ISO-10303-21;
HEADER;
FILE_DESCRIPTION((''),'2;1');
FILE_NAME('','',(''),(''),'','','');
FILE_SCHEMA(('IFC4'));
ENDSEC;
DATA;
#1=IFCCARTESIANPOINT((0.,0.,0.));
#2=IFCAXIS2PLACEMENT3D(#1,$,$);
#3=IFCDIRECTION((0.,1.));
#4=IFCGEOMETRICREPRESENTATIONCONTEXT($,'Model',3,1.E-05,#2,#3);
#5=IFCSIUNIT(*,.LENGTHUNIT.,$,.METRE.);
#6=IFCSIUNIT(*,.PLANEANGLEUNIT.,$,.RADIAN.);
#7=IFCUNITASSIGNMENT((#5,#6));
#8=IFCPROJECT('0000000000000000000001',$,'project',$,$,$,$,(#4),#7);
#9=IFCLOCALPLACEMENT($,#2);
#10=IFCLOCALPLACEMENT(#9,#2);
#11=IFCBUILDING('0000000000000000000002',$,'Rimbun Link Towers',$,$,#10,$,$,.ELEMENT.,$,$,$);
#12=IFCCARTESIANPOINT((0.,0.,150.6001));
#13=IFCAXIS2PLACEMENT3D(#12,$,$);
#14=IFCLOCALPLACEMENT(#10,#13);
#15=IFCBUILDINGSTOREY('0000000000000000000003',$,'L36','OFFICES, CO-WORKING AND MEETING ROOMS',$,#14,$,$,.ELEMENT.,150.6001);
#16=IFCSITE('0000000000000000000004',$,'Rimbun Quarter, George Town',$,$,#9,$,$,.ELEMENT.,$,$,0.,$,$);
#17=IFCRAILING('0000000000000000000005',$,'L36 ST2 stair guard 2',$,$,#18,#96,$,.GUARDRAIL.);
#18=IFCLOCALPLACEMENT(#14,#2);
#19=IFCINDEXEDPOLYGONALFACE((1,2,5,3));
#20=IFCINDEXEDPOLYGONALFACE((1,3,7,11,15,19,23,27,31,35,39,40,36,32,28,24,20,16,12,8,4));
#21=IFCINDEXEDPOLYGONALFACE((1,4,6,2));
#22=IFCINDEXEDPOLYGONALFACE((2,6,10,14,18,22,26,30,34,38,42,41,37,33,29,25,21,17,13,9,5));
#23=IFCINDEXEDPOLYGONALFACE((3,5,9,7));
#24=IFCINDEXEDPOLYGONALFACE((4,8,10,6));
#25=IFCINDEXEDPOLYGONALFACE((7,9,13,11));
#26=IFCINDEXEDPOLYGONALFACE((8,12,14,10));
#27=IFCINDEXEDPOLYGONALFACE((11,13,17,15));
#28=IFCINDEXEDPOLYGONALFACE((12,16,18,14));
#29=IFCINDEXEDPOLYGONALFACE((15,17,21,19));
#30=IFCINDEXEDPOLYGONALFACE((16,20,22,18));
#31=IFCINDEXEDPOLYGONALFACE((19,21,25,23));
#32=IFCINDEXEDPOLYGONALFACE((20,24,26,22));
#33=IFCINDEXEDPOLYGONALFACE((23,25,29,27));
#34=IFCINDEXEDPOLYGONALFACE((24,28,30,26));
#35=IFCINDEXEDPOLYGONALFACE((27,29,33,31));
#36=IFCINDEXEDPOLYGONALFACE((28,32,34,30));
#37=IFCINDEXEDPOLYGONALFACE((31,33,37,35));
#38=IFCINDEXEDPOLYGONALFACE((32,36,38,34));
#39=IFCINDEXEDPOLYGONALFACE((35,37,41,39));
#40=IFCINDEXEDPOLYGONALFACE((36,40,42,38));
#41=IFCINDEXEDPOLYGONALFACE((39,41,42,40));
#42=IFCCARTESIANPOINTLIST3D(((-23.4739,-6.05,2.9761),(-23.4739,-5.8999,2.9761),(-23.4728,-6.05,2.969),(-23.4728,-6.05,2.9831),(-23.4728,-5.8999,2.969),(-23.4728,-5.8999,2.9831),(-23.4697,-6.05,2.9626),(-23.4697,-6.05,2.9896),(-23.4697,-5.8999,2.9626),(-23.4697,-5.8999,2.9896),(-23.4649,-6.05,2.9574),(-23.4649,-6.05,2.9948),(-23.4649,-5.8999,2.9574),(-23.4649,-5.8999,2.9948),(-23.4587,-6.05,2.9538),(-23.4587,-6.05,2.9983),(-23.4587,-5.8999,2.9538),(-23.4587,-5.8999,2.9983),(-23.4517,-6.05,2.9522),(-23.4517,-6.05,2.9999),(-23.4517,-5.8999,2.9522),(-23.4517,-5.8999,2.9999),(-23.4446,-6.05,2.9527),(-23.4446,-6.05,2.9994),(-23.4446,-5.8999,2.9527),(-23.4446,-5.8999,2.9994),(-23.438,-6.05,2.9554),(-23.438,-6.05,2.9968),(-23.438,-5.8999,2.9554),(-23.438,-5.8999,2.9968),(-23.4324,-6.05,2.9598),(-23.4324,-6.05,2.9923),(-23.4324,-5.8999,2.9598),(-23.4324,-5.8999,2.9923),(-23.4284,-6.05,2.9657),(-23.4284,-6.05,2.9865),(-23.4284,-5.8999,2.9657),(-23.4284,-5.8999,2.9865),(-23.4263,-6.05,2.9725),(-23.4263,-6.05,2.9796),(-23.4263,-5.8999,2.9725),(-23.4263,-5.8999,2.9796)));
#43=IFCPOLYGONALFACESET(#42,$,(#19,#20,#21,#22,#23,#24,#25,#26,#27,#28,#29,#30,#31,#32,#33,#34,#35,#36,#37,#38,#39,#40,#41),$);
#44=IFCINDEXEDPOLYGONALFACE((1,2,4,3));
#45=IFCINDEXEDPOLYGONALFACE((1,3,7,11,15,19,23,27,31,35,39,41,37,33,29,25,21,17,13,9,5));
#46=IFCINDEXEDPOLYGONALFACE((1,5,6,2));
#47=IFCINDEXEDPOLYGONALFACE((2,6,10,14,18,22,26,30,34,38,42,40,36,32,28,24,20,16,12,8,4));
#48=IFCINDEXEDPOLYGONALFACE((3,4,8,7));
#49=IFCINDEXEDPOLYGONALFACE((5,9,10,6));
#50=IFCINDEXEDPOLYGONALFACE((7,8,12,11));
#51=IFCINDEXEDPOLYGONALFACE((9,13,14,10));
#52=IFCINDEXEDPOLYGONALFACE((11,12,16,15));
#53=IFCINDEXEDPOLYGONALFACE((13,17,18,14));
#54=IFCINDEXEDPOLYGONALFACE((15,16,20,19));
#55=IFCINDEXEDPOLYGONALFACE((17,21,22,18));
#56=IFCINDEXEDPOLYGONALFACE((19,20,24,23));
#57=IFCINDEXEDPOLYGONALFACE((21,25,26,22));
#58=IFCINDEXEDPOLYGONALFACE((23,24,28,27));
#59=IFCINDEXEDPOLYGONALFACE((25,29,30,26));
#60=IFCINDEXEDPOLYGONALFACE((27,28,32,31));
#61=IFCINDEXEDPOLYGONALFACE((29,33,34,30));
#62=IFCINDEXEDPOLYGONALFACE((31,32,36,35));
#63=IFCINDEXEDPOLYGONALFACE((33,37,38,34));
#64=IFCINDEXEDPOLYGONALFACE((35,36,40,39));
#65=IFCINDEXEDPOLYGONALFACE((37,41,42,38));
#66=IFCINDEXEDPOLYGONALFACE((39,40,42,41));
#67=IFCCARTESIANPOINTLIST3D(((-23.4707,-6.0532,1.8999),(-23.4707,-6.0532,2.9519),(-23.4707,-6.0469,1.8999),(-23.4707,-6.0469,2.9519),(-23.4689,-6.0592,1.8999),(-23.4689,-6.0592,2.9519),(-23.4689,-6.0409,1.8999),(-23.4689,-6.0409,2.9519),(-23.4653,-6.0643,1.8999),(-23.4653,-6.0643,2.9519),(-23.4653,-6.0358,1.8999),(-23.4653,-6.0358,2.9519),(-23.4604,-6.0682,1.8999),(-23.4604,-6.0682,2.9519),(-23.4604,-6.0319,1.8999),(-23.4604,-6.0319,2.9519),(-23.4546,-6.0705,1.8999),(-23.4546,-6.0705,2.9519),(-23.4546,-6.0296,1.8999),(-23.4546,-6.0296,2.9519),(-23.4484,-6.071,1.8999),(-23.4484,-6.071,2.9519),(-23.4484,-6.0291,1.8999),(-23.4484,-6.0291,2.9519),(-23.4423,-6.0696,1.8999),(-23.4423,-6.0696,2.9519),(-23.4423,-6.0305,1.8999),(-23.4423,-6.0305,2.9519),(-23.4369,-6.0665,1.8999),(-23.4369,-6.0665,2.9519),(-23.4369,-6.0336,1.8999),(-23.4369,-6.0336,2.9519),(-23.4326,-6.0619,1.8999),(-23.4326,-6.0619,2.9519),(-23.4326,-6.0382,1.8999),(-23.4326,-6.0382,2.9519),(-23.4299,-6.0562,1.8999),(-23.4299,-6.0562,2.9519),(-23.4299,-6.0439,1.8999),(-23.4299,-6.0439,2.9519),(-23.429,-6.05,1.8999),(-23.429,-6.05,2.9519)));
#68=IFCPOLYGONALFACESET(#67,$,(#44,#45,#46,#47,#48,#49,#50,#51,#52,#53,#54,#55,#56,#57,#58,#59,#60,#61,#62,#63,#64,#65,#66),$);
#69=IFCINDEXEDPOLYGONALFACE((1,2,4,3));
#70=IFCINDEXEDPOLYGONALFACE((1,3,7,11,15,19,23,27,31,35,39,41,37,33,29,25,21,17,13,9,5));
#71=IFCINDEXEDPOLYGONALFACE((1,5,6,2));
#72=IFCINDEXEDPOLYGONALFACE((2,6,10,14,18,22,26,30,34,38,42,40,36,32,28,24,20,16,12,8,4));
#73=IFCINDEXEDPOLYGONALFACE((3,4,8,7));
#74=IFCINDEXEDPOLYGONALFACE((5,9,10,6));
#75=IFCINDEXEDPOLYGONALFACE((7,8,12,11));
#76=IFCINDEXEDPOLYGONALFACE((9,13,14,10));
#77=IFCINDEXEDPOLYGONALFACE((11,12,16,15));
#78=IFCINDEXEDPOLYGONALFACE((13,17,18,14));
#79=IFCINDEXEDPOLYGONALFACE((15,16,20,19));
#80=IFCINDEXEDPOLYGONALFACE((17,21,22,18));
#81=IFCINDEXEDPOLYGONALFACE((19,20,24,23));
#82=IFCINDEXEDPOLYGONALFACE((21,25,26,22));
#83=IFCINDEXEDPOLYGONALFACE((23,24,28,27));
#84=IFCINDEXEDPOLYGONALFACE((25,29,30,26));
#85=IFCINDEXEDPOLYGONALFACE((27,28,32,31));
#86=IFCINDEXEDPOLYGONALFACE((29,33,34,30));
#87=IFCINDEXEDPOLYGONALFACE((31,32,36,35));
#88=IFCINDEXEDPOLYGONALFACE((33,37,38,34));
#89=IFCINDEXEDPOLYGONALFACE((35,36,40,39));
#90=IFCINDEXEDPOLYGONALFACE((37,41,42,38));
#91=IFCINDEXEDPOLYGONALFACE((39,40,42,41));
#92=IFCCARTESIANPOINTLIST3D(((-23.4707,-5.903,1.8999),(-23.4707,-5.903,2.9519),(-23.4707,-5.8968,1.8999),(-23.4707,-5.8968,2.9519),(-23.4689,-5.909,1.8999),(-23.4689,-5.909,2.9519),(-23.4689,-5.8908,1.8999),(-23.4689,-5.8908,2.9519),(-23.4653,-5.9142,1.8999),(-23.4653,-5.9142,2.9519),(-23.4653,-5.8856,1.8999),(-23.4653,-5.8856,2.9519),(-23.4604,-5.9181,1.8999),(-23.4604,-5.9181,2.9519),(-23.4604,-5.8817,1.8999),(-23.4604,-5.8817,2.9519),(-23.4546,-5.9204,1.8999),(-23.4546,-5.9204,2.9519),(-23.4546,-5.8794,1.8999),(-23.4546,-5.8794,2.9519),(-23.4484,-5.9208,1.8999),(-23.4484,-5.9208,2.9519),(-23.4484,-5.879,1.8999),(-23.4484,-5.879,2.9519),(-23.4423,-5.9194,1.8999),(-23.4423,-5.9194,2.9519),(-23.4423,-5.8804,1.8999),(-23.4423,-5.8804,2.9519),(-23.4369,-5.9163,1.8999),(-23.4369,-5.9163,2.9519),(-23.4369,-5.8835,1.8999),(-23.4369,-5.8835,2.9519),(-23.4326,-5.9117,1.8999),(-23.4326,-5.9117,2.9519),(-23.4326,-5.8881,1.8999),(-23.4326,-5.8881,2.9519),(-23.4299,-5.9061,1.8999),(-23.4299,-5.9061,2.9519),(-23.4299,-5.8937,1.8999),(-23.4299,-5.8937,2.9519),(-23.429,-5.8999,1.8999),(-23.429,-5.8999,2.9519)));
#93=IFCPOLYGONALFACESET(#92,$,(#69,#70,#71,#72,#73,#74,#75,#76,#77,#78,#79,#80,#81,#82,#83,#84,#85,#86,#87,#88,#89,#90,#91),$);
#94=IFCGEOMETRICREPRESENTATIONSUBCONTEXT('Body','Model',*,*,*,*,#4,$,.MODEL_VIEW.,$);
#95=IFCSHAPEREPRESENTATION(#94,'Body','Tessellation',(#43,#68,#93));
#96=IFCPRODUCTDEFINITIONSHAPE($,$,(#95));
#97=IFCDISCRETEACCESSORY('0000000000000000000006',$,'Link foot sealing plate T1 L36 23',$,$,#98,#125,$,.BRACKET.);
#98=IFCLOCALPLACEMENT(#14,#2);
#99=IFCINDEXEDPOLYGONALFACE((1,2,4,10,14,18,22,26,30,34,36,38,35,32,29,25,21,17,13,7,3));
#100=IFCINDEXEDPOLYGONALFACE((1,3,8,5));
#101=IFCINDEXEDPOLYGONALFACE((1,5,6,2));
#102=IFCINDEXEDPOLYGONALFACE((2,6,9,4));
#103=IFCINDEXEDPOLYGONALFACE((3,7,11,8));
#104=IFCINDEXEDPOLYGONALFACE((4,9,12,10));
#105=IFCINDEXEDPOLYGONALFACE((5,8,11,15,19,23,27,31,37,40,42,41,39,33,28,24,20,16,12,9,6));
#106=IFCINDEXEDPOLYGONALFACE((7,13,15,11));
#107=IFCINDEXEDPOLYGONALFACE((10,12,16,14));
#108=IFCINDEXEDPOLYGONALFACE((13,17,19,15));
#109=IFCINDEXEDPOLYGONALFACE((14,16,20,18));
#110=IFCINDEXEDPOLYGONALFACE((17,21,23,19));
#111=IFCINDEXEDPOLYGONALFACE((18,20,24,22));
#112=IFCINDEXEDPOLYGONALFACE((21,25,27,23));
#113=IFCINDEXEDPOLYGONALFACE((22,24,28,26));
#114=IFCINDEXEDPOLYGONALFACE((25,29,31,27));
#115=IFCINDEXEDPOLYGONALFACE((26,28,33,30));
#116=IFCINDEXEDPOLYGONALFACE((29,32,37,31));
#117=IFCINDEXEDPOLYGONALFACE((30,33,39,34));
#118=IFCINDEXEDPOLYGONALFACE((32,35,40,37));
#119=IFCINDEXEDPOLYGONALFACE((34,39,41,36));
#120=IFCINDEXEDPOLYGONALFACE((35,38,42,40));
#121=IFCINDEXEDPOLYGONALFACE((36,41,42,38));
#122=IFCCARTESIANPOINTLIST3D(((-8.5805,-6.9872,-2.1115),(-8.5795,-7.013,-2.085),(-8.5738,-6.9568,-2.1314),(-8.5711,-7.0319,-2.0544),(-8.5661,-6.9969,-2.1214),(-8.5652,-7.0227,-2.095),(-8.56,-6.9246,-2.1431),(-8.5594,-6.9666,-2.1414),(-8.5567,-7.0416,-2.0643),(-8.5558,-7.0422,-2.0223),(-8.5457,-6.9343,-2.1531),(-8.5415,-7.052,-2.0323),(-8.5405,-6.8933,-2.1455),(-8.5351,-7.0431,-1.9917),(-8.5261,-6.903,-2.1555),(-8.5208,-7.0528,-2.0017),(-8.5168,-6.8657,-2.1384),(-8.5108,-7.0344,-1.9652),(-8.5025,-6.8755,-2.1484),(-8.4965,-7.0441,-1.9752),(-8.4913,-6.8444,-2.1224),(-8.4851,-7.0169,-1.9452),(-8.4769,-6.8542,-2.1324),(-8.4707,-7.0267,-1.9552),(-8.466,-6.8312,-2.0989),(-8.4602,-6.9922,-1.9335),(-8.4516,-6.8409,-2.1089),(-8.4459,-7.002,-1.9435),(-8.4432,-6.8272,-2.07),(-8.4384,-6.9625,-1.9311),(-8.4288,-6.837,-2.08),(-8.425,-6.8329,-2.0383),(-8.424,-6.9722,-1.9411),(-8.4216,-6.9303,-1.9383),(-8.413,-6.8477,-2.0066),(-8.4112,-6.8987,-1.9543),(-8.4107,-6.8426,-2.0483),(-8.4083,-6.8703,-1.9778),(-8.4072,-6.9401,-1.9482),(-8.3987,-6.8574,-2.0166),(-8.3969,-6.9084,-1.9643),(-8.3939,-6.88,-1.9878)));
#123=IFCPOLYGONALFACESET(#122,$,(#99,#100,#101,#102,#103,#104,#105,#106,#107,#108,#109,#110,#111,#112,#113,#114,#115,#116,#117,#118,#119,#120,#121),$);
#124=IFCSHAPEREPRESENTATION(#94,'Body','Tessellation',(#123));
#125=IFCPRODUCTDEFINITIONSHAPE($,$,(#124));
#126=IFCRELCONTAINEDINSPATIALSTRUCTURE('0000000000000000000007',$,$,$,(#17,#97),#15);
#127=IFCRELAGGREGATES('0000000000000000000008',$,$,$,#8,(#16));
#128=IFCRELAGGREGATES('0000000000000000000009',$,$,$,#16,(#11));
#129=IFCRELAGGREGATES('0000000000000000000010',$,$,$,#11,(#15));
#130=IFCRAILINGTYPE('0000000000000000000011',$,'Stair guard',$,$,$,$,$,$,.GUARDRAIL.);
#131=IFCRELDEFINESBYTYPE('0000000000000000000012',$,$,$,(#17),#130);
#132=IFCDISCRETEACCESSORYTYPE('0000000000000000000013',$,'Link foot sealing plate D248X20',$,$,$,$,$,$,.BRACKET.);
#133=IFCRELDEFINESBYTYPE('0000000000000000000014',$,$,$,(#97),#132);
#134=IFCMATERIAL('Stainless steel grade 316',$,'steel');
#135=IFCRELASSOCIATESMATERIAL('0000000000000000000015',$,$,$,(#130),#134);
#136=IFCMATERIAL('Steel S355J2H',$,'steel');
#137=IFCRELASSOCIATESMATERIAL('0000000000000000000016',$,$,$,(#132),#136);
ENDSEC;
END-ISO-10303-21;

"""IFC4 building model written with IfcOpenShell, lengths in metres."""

from ifc_helpers import new_model, si_unit, direction, frame, origin, origin_2d, place, context, subcontext, project, spatial, circle, extrude, material, material_profile, profile_set, type_object, element, save


model = new_model("IFC4")

# Units and contexts
model_context = context("Model", 3, precision=1e-05, world=origin(), true_north=direction((0.0, 1.0)))
body_context = subcontext(model_context, "Body", "Model", "MODEL_VIEW")
ifc_project = project(units=[si_unit("LENGTHUNIT", "METRE"), si_unit("PLANEANGLEUNIT", "RADIAN")], contexts=[model_context])

# Site, building, storey
site_placement = place(None, origin())
site = spatial("IfcSite", under=ifc_project, at=site_placement, Name="Rimbun Quarter, George Town", CompositionType="ELEMENT", RefElevation=0.0)
building_placement = place(site_placement, origin())
building = spatial("IfcBuilding", under=site, at=building_placement, Name="Rimbun Link Towers", CompositionType="ELEMENT")
storey_placement = place(building_placement, frame((0.0, 0.0, 150.6001)))
storey = spatial("IfcBuildingStorey", under=building, at=storey_placement, Name="L36", Description="OFFICES, CO-WORKING AND MEETING ROOMS", CompositionType="ELEMENT", Elevation=150.6001)

# Railing
ifc_material_1 = material(Name="Stainless steel grade 316", Category="steel")
railing_type = type_object("IfcRailingType", Name="Stair guard", PredefinedType="GUARDRAIL", material=ifc_material_1)
railing_placement = place(storey_placement, frame((-23.45, -6.05, 1.8999)))
element("IfcRailing", 1, at=railing_placement, inside=storey, type_object=railing_type, Name="L36 ST2 stair guard 2", PredefinedType="GUARDRAIL", context=body_context, shape_type="SweptSolid", body=[
    extrude(circle(Radius=0.0239, at=origin_2d()), frame((0.0, 0.0, 1.0762), z_axis=(0.0, 1.0, 0.0), x_axis=(-1.0, 0.0, 0.0)), (0.0, 0.0, 1.0), 0.1501),
    extrude(circle(Radius=0.021, at=origin_2d()), origin(), (0.0, 0.0, 1.0), 1.052),
    extrude(circle(Radius=0.021, at=origin_2d()), frame((0.0, 0.1501, 0.0)), (0.0, 0.0, 1.0), 1.052),
])

# Discrete accessory
ifc_material_2 = material(Name="Steel S355J2H", Category="steel")
ifc_material_profile_1 = material_profile(ifc_material_2, circle(Radius=0.124, at=origin_2d()), Name="PL D248")
ifc_profile_set_1 = profile_set([ifc_material_profile_1], Name="Steel S355J2H")
discrete_accessory_type = type_object("IfcDiscreteAccessoryType", Name="Link foot sealing plate D248X20", PredefinedType="BRACKET", material=ifc_profile_set_1)
discrete_accessory_placement = place(storey_placement, frame((-8.4946, -6.9355, -2.0383), z_axis=(0.717488, -0.486432, -0.498593), x_axis=(0.561158, 0.827708, 0.0)))
element("IfcDiscreteAccessory", 2, at=discrete_accessory_placement, inside=storey, type_object=discrete_accessory_type, Name="Link foot sealing plate T1 L36 23", PredefinedType="BRACKET", context=body_context, shape_type="SweptSolid", body=[
    extrude(circle(Radius=0.124, at=origin_2d()), origin(), (0.0, 0.0, 1.0), 0.02),
])

save(model, "model.ifc")
